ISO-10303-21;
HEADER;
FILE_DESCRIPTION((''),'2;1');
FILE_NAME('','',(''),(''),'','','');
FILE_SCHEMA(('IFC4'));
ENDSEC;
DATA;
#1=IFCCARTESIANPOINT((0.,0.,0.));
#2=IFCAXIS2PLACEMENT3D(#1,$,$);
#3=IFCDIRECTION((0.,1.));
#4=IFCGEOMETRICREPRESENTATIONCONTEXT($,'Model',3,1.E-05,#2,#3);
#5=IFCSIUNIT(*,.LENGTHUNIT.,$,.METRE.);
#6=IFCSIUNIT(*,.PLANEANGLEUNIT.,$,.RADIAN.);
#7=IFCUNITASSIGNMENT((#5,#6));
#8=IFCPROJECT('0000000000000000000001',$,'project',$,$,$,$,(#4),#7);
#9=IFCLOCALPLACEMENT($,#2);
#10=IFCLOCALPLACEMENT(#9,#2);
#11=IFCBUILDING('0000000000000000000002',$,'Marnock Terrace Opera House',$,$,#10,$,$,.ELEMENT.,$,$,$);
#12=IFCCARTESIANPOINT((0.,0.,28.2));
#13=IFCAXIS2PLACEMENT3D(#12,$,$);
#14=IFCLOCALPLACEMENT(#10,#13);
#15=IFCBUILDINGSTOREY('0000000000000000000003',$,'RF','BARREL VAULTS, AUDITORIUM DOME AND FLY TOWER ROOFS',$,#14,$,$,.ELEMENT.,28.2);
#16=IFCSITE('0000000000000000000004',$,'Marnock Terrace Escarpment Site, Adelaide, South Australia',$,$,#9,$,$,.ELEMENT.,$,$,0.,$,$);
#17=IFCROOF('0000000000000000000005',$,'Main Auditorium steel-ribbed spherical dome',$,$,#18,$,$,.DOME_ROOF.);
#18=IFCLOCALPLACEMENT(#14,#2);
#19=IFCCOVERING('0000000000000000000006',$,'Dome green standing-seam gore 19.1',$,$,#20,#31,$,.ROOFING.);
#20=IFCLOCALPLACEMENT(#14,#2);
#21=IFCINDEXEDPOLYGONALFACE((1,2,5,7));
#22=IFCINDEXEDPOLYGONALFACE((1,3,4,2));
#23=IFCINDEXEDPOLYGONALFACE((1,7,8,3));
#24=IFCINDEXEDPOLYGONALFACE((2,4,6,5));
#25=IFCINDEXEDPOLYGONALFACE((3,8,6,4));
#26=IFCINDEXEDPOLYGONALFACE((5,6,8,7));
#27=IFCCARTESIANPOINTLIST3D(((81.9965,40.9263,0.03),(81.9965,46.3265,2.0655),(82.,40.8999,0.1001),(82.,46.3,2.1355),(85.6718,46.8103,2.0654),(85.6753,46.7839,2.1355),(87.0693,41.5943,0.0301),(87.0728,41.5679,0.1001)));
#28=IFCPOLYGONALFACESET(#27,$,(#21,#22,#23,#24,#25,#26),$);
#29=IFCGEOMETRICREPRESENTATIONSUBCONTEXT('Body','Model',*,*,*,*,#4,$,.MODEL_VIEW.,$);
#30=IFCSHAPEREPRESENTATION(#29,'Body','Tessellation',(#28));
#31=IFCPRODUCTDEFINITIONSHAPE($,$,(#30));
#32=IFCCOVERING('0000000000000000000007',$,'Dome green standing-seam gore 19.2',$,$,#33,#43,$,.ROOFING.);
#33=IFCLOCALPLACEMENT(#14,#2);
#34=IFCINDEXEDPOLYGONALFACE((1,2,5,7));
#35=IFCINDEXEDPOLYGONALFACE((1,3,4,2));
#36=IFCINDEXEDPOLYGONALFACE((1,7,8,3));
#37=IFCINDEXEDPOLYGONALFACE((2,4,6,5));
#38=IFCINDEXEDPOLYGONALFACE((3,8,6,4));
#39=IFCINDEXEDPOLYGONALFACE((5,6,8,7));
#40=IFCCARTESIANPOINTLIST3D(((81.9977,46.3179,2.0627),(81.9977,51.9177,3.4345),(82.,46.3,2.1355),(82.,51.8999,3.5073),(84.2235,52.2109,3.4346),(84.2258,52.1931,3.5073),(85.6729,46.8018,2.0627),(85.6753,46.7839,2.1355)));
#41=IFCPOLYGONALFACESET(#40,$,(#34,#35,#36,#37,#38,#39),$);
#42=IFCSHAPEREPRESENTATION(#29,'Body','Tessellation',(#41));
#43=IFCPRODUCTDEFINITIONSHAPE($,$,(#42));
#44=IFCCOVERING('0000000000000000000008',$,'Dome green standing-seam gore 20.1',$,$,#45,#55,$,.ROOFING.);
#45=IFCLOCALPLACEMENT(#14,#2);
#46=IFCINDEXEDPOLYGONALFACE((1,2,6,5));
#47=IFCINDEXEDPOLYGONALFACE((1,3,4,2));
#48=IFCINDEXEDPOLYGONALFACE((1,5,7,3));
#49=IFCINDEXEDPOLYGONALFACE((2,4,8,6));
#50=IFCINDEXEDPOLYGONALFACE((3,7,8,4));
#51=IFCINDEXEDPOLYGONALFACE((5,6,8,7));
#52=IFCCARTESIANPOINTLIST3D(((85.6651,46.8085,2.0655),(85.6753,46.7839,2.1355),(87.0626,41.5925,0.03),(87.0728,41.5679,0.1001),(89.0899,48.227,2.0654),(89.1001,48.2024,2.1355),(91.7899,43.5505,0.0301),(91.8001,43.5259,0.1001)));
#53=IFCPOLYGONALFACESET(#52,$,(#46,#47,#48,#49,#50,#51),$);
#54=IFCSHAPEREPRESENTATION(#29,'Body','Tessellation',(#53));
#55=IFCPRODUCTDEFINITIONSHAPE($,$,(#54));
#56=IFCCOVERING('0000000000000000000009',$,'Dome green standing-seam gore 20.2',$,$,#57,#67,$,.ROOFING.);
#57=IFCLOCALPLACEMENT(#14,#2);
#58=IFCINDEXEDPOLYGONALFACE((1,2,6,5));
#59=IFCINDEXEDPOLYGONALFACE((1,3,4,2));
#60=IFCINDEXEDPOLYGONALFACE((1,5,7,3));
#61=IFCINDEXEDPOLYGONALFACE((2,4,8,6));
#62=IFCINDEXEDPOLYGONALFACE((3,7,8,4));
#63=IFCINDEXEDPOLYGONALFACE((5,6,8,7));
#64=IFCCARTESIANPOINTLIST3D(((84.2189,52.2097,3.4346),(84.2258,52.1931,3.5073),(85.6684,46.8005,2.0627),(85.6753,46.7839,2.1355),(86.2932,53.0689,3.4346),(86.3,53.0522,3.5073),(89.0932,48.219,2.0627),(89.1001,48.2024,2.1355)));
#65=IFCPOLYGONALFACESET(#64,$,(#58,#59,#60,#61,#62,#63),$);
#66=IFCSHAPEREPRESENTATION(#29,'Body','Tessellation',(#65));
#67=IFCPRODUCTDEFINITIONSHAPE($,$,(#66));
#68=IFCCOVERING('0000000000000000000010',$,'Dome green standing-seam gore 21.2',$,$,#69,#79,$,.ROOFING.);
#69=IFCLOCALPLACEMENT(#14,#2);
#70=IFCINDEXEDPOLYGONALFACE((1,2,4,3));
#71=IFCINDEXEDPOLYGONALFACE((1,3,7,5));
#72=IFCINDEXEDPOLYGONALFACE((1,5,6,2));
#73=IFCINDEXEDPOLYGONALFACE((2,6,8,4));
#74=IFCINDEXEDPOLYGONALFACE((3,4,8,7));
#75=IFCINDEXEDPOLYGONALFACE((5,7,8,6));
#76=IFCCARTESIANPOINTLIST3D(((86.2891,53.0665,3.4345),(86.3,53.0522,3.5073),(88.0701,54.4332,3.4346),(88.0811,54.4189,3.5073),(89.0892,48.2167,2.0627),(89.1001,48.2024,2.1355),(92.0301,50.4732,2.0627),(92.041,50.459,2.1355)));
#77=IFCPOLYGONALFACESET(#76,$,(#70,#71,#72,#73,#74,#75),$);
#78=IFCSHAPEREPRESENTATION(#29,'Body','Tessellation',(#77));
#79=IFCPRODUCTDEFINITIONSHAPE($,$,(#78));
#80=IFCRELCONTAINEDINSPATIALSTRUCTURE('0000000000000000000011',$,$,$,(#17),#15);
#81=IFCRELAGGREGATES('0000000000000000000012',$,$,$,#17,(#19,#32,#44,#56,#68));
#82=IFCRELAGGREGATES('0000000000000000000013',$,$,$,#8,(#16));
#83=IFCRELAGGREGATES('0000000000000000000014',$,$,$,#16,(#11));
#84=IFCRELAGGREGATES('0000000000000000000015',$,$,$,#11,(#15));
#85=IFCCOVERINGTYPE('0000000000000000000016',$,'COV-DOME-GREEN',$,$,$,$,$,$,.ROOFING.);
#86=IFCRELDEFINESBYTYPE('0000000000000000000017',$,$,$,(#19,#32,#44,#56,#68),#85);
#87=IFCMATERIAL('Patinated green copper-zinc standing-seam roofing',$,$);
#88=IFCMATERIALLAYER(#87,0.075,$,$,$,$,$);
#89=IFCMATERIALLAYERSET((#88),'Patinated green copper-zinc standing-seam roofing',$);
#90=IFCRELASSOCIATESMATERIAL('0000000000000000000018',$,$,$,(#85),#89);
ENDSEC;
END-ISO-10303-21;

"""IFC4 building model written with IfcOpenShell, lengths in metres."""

from ifc_helpers import new_model, si_unit, direction, frame, origin, place, context, subcontext, project, spatial, polyline, outline, extrude, material, layer, layer_set, type_object, element, aggregate, save


model = new_model("IFC4")

# Units and contexts
model_context = context("Model", 3, precision=1e-05, world=origin(), true_north=direction((0.0, 1.0)))
body_context = subcontext(model_context, "Body", "Model", "MODEL_VIEW")
ifc_project = project(units=[si_unit("LENGTHUNIT", "METRE"), si_unit("PLANEANGLEUNIT", "RADIAN")], contexts=[model_context])

# Site, building, storey
site_placement = place(None, origin())
site = spatial("IfcSite", under=ifc_project, at=site_placement, Name="Marnock Terrace Escarpment Site, Adelaide, South Australia", CompositionType="ELEMENT", RefElevation=0.0)
building_placement = place(site_placement, origin())
building = spatial("IfcBuilding", under=site, at=building_placement, Name="Marnock Terrace Opera House", CompositionType="ELEMENT")
storey_placement = place(building_placement, frame((0.0, 0.0, 28.2)))
storey = spatial("IfcBuildingStorey", under=building, at=storey_placement, Name="RF", Description="BARREL VAULTS, AUDITORIUM DOME AND FLY TOWER ROOFS", CompositionType="ELEMENT", Elevation=28.2)

# Roof, coverings
roof_placement = place(storey_placement, origin())
roof = element("IfcRoof", 1, at=roof_placement, inside=storey, Name="Main Auditorium steel-ribbed spherical dome", PredefinedType="DOME_ROOF")
ifc_material_1 = material(Name="Patinated green copper-zinc standing-seam roofing")
ifc_layer_1 = layer(ifc_material_1, 0.075)
ifc_layer_set_1 = layer_set([ifc_layer_1], Name="Patinated green copper-zinc standing-seam roofing")
covering_type = type_object("IfcCoveringType", Name="COV-DOME-GREEN", PredefinedType="ROOFING", material=ifc_layer_set_1)
covering_1_placement = place(storey_placement, frame((82.0, 40.8999, 0.1001), z_axis=(0.04639, -0.352317, 0.93473), x_axis=(0.991442, 0.13055, 0.000003)))
covering_1 = element("IfcCovering", 2, at=covering_1_placement, type_object=covering_type, Name="Dome green standing-seam gore 19.1", PredefinedType="ROOFING", context=body_context, shape_type="SweptSolid", body=[
    extrude(outline(polyline([(0.0, 0.0), (5.1165, 0.0), (4.412, 5.7277), (0.705, 5.7278), (0.0, 0.0)])), origin(), (0.0, 0.0, -1.0), 0.075),
])
covering_2_placement = place(storey_placement, frame((82.0, 46.3, 2.1355), z_axis=(0.031318, -0.237819, 0.970804), x_axis=(0.991444, 0.130534, -0.000006)))
covering_2 = element("IfcCovering", 3, at=covering_2_placement, type_object=covering_type, Name="Dome green standing-seam gore 19.2", PredefinedType="ROOFING", context=body_context, shape_type="SweptSolid", body=[
    extrude(outline(polyline([(0.0, 0.0), (3.707, 0.0), (2.976, 5.7191), (0.731, 5.7189), (0.0, 0.0)])), origin(), (0.0, 0.0, -1.0), 0.075),
])
covering_3_placement = place(storey_placement, frame((87.0728, 41.5679, 0.1001), z_axis=(0.135984, -0.328318, 0.934728), x_axis=(0.923887, 0.382666, 0.000002)))
covering_3 = element("IfcCovering", 4, at=covering_3_placement, type_object=covering_type, Name="Dome green standing-seam gore 20.1", PredefinedType="ROOFING", context=body_context, shape_type="SweptSolid", body=[
    extrude(outline(polyline([(0.0, 0.0), (5.1167, 0.0), (4.4118, 5.7276), (0.7049, 5.7277), (0.0, 0.0)])), origin(), (0.0, 0.0, -1.0), 0.075),
])
covering_4_placement = place(storey_placement, frame((85.6753, 46.7839, 2.1355), z_axis=(0.091787, -0.22161, 0.970806), x_axis=(0.923893, 0.382651, -0.000002)))
covering_4 = element("IfcCovering", 5, at=covering_4_placement, type_object=covering_type, Name="Dome green standing-seam gore 20.2", PredefinedType="ROOFING", context=body_context, shape_type="SweptSolid", body=[
    extrude(outline(polyline([(0.0, 0.0), (3.7069, 0.0), (2.9758, 5.7192), (0.7307, 5.7191), (0.0, 0.0)])), origin(), (0.0, 0.0, -1.0), 0.075),
])
covering_5_placement = place(storey_placement, frame((89.1001, 48.2024, 2.1355), z_axis=(0.14602, -0.190295, 0.970807), x_axis=(0.79336, 0.608753, -0.000004)))
covering_5 = element("IfcCovering", 6, at=covering_5_placement, type_object=covering_type, Name="Dome green standing-seam gore 21.2", PredefinedType="ROOFING", context=body_context, shape_type="SweptSolid", body=[
    extrude(outline(polyline([(0.0, 0.0), (3.7069, 0.0), (2.9759, 5.7193), (0.7309, 5.7192), (0.0, 0.0)])), origin(), (0.0, 0.0, -1.0), 0.075),
])
aggregate(roof, [covering_1, covering_2, covering_3, covering_4, covering_5])

save(model, "model.ifc")
